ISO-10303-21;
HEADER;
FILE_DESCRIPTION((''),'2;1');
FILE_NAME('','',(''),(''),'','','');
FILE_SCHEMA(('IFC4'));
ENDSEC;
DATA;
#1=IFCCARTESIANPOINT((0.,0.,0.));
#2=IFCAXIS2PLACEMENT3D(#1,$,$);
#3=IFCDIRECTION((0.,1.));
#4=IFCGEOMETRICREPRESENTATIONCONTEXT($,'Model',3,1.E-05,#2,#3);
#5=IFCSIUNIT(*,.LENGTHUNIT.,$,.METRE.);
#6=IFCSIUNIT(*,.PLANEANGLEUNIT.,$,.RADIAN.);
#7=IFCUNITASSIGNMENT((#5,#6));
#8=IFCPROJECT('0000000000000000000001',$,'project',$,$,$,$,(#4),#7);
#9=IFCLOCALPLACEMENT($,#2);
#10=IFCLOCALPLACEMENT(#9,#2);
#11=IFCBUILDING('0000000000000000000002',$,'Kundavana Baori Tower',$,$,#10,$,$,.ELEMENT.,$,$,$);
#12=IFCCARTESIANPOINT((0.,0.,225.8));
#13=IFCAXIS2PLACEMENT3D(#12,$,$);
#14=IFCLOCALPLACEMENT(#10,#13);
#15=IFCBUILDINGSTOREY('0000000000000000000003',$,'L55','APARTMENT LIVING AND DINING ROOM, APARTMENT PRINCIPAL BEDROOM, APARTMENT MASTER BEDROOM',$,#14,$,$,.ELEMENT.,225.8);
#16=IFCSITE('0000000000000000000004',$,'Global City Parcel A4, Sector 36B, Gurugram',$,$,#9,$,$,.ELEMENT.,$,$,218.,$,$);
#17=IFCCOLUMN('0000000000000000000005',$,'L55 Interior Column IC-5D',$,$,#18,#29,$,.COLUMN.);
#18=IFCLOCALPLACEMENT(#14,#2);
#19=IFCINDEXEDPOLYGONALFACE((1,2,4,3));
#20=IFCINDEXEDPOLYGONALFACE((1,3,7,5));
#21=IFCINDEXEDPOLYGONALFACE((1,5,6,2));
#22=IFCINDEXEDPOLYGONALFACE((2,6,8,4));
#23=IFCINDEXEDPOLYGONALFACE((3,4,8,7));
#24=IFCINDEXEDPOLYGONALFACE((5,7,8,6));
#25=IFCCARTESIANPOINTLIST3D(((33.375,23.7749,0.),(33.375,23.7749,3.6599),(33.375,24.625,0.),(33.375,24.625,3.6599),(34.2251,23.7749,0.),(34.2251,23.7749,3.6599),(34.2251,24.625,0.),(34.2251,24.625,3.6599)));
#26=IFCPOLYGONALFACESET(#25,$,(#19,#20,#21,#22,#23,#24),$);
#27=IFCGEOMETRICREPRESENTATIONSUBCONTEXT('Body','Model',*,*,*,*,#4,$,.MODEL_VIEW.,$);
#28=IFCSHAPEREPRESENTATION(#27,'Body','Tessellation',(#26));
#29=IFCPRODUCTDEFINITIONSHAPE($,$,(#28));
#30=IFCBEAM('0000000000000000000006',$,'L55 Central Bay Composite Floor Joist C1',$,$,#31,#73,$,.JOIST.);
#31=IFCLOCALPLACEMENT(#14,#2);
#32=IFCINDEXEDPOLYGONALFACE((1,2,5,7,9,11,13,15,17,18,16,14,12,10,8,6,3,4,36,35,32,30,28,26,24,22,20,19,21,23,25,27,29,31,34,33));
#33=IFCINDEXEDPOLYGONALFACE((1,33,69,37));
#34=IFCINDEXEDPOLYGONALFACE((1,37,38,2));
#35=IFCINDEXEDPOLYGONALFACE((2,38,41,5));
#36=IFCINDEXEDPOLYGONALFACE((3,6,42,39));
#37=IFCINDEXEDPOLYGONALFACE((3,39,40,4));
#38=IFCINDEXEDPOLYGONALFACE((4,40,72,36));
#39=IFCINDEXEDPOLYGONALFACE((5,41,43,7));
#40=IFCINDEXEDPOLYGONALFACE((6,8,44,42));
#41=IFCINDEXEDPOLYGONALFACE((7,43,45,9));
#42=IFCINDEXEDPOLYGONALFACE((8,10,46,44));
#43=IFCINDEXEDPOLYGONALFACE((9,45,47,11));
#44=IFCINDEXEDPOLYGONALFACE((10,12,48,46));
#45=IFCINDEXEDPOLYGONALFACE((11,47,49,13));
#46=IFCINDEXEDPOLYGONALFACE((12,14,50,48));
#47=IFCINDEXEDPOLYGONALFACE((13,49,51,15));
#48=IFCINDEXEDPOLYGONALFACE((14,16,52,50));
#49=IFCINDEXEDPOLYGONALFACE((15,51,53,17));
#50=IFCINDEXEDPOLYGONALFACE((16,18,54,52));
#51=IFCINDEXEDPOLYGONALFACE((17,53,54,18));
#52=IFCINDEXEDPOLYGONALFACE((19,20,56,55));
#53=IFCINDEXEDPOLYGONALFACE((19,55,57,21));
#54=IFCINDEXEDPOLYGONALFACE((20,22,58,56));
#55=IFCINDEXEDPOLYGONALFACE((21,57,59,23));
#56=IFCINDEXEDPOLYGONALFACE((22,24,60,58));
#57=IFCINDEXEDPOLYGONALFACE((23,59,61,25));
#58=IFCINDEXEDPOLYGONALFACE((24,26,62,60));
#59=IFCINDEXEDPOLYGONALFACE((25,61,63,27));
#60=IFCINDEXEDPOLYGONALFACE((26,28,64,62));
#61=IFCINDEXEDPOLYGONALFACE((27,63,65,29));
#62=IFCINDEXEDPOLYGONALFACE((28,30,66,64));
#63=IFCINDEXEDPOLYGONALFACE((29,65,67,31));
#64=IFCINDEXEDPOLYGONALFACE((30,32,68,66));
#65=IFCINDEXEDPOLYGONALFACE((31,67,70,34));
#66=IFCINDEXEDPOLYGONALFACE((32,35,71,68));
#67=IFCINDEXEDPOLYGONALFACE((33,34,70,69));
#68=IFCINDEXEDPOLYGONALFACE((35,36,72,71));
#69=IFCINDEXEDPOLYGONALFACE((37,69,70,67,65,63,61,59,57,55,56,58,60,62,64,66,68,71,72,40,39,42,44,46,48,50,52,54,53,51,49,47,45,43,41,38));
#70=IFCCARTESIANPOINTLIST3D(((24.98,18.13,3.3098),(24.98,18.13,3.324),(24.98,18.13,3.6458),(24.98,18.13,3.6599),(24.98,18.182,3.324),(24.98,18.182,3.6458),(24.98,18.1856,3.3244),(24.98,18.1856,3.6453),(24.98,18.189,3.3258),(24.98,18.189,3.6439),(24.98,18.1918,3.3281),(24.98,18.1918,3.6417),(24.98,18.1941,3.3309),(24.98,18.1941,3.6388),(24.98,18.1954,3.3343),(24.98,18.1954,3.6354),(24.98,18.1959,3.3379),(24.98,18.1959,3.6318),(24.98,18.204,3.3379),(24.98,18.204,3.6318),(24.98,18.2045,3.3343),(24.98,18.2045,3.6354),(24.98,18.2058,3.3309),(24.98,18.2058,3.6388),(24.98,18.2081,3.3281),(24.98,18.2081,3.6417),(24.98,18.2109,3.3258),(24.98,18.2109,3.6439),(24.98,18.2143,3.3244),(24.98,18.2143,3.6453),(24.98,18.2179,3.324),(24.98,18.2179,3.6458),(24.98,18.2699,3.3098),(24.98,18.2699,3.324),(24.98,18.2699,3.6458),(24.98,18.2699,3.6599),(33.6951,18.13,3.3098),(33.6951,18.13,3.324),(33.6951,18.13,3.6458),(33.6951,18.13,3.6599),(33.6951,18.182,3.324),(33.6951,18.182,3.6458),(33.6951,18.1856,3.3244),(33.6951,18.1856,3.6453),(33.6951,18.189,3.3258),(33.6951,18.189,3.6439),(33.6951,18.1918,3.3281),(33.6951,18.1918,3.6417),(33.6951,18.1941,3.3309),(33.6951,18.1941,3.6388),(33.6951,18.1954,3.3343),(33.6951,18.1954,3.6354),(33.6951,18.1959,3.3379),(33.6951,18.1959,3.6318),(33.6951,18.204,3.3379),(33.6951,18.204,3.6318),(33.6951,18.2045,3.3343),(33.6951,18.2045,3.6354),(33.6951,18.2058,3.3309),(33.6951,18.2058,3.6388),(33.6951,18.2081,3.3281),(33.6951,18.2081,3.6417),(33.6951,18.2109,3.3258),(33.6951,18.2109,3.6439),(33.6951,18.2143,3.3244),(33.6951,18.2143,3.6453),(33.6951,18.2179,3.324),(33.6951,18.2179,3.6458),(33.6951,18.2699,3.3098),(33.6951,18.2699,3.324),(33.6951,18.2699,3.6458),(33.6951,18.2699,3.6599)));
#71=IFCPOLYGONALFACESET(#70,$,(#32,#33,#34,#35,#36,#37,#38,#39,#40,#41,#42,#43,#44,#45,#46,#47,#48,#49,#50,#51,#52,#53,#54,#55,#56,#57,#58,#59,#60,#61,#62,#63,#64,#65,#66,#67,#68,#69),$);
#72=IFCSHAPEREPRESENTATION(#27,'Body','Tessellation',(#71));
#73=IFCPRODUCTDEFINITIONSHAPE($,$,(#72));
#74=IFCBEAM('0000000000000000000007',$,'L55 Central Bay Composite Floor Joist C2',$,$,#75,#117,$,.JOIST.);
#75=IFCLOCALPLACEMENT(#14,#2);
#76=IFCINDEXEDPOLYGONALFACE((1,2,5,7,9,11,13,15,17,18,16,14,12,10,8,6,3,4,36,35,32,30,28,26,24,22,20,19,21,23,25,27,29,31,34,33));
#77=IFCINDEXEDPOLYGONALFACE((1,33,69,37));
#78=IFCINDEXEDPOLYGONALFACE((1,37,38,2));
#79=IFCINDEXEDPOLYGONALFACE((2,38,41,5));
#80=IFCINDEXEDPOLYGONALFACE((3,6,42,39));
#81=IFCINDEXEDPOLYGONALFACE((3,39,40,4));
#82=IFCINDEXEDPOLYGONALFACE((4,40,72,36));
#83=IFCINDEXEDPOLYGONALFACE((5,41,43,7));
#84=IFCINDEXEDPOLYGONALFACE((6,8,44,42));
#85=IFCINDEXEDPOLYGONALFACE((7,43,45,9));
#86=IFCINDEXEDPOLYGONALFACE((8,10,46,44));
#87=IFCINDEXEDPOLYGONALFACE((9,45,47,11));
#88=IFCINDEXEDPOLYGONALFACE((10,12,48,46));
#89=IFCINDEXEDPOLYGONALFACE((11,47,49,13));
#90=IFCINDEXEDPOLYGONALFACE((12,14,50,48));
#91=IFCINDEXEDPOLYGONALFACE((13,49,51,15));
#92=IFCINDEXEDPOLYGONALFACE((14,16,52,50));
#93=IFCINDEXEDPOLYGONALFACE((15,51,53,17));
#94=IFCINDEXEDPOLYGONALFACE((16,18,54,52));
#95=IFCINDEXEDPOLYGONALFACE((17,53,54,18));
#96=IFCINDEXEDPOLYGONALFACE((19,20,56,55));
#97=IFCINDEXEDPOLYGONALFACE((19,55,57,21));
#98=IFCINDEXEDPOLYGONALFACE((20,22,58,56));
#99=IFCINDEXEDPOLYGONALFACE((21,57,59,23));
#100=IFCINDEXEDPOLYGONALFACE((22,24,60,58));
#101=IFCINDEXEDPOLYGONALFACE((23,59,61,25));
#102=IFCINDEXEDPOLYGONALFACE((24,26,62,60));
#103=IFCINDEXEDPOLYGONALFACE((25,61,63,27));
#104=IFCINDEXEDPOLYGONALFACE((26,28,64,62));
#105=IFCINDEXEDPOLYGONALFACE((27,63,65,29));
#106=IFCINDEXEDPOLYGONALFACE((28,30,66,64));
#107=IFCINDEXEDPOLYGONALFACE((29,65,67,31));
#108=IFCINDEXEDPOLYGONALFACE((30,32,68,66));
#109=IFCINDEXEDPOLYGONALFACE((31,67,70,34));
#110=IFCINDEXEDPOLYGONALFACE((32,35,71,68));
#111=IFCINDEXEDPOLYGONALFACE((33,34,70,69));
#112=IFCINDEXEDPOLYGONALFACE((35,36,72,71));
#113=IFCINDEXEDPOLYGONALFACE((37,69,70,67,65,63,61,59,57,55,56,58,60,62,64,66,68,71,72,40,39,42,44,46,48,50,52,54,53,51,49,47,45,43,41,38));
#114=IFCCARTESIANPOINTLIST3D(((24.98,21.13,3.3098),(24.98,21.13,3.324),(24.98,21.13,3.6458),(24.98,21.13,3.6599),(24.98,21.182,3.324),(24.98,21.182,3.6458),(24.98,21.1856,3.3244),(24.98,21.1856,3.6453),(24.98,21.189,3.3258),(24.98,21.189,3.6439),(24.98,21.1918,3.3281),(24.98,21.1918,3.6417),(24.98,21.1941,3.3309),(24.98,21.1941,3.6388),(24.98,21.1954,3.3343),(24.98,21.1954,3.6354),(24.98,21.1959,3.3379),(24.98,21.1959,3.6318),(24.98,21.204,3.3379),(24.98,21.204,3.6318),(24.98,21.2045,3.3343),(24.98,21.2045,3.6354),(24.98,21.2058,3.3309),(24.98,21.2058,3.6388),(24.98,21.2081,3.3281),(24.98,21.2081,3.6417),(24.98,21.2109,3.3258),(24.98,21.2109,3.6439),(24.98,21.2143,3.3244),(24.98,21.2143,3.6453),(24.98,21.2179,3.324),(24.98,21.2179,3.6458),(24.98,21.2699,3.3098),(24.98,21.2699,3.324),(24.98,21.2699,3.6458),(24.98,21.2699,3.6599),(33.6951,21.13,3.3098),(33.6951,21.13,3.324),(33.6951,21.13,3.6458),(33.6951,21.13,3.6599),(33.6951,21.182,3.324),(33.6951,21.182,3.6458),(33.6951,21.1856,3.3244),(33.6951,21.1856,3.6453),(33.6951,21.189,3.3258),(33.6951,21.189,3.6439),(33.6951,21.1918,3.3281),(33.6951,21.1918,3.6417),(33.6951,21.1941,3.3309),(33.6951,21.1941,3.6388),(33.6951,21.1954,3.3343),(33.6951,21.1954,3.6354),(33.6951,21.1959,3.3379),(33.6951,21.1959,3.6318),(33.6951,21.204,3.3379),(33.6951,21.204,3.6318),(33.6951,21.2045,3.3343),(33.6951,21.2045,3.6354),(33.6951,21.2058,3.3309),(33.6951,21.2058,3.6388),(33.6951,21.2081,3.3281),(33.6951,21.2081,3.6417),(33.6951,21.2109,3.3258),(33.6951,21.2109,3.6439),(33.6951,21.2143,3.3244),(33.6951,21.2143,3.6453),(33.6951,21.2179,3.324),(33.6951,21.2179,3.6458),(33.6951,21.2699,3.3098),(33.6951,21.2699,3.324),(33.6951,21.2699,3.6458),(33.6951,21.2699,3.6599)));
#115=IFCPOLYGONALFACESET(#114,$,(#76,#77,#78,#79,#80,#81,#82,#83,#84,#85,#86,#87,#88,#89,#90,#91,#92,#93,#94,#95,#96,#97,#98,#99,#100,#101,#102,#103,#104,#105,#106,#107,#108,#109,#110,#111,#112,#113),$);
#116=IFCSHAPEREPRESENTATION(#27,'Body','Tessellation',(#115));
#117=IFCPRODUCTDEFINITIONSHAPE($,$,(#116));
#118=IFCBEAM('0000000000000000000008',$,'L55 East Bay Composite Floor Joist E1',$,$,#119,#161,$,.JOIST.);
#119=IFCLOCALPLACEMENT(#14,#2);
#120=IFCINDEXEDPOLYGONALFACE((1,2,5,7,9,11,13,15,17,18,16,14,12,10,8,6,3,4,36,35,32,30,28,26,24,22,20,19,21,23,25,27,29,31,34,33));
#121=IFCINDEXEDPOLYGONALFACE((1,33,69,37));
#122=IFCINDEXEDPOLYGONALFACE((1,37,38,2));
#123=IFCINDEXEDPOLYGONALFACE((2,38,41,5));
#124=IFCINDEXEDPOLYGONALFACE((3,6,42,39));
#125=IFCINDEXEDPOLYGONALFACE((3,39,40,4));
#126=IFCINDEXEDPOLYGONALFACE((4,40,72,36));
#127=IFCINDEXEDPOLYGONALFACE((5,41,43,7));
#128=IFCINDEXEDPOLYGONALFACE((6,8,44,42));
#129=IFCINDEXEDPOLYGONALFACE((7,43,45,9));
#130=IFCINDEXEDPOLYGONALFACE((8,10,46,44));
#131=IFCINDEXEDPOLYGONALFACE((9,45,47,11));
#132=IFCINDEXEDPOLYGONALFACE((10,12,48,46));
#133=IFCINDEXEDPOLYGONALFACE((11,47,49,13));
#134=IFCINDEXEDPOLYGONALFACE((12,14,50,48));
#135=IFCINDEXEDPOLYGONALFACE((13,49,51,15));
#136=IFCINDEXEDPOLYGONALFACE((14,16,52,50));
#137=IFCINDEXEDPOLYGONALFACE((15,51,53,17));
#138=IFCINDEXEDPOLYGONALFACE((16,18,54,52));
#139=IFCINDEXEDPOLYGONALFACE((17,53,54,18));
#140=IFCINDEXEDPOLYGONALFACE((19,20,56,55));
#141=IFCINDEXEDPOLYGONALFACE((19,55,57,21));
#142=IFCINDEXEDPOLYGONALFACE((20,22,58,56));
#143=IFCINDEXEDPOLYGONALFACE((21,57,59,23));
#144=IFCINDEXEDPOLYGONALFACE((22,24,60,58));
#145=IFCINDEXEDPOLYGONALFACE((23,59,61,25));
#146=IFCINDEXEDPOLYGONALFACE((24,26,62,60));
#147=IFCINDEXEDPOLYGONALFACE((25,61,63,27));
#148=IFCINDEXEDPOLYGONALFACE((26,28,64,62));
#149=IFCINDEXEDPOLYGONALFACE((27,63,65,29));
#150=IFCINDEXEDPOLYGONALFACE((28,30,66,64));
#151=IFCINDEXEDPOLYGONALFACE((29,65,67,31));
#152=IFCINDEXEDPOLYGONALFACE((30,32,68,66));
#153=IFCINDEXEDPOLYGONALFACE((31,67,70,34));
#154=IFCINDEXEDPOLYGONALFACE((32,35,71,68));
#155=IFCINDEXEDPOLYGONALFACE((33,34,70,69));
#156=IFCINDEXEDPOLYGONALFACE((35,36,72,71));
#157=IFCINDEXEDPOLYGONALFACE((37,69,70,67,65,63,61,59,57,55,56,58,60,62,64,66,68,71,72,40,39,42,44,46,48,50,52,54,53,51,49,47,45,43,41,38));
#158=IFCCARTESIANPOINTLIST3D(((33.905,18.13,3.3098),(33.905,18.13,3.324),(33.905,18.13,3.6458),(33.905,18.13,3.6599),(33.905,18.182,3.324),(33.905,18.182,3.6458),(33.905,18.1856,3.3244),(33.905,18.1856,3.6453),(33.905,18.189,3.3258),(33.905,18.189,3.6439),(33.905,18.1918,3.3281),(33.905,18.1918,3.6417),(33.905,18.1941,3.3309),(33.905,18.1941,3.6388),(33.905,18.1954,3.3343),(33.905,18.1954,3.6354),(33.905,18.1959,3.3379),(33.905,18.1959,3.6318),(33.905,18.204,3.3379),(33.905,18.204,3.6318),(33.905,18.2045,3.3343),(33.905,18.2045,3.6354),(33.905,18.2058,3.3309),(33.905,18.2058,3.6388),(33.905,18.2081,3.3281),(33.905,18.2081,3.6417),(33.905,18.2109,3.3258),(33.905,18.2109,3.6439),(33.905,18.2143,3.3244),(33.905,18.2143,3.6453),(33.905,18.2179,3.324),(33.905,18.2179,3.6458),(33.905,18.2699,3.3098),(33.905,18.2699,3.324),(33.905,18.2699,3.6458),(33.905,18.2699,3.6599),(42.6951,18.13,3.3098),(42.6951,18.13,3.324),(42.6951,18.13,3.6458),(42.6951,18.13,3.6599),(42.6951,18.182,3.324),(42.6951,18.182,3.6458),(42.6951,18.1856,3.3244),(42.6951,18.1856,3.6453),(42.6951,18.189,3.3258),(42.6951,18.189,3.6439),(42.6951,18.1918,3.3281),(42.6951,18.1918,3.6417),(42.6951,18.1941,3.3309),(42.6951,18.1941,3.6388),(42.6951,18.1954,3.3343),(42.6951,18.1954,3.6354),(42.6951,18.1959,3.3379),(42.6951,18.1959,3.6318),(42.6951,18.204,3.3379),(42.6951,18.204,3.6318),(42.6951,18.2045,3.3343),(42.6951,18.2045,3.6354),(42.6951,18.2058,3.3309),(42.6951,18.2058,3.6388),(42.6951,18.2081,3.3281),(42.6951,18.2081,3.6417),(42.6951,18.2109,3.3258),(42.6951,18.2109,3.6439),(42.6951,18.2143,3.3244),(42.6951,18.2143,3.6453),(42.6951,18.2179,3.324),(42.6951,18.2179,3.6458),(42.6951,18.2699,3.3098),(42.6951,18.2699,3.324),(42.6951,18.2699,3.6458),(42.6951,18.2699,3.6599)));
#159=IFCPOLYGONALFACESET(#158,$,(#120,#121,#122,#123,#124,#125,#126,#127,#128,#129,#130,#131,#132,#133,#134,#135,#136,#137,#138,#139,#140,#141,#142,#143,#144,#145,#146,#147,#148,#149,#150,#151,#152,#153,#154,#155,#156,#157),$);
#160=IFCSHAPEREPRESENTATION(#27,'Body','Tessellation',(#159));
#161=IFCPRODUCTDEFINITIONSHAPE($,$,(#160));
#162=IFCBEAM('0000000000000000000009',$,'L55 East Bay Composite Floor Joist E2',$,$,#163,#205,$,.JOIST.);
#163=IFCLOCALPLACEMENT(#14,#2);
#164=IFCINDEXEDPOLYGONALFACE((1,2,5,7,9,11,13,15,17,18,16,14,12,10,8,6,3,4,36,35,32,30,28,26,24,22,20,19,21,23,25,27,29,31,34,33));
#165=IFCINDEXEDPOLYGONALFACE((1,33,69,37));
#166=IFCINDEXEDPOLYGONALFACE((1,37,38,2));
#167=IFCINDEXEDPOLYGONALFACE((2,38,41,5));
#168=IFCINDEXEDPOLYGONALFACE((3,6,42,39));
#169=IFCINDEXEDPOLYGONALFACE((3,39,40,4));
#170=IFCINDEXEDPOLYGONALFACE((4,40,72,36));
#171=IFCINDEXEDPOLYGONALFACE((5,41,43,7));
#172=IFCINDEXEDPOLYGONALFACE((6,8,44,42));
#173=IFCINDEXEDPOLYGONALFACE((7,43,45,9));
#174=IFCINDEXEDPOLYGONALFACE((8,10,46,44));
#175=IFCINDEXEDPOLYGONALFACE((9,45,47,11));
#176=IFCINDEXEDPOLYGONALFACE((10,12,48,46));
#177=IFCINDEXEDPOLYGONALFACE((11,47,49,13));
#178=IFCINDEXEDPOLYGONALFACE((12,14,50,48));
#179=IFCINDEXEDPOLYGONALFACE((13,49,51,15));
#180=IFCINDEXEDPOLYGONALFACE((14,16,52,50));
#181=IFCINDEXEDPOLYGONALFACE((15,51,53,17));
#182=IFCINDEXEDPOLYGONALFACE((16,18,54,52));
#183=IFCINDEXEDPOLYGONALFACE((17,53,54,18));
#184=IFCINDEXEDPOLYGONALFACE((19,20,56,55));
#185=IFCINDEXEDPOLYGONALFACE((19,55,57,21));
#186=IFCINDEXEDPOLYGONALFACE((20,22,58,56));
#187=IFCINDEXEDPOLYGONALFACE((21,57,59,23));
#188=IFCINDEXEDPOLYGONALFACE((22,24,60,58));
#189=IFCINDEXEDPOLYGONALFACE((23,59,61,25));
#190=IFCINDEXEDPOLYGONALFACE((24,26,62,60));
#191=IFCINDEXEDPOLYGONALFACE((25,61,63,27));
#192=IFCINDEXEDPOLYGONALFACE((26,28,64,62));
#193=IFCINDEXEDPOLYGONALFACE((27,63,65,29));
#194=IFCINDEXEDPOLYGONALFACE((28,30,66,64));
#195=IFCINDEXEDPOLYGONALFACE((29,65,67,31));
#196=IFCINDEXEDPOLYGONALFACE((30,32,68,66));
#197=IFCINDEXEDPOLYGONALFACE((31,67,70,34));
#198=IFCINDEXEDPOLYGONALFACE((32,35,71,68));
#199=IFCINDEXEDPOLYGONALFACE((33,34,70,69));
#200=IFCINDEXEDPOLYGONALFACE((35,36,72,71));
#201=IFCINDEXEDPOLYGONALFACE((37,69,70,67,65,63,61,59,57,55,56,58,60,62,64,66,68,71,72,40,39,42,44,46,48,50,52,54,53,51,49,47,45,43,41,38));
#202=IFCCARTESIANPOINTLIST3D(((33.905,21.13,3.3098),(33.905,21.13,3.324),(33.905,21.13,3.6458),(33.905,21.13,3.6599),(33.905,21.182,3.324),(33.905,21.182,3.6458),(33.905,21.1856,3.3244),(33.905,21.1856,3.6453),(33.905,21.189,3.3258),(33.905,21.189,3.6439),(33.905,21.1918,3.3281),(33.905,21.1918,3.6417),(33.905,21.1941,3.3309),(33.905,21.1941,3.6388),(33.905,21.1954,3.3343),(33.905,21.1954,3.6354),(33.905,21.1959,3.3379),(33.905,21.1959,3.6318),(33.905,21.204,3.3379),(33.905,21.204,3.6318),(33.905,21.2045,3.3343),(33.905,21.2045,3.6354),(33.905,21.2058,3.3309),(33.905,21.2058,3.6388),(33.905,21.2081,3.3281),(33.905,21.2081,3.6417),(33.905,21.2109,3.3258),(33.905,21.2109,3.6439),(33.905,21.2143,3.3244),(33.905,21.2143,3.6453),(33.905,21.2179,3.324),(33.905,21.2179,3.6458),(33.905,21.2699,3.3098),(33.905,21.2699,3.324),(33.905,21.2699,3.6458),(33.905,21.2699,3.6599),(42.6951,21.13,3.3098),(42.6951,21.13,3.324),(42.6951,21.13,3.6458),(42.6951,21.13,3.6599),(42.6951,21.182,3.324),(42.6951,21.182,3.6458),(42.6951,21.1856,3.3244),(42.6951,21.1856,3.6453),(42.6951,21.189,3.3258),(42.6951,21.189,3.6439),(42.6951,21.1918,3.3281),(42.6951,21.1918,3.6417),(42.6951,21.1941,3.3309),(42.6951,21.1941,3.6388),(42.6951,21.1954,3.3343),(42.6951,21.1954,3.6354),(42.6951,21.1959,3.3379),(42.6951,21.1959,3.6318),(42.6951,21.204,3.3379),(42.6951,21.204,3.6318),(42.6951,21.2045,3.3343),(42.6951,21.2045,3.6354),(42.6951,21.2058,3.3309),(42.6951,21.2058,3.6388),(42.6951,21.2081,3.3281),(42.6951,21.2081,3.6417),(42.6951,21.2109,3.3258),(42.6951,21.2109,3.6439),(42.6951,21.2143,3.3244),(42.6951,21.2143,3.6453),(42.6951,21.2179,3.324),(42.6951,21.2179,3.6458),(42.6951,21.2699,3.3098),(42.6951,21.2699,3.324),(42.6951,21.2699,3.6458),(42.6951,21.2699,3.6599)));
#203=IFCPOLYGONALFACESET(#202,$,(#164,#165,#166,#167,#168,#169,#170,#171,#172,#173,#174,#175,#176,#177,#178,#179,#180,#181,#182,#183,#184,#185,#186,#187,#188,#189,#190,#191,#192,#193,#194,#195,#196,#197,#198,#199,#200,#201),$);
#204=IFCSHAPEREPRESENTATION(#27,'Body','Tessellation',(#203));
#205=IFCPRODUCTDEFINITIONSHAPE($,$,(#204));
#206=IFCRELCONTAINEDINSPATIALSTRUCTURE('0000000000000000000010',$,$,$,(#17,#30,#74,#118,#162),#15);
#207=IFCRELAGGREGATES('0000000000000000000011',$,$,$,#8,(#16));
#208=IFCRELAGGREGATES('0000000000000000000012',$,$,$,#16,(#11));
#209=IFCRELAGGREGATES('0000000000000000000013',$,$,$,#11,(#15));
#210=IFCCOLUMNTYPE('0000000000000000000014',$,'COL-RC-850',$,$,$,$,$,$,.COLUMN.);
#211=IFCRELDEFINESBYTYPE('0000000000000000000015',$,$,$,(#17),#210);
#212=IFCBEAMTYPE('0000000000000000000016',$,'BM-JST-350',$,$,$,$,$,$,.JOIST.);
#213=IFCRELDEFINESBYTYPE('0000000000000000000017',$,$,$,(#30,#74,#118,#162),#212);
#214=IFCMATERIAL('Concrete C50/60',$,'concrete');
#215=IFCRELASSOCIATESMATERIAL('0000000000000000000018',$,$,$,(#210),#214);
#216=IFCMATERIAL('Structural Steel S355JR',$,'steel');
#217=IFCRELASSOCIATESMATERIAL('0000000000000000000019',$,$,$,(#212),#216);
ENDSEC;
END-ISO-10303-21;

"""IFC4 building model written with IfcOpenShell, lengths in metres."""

from ifc_helpers import new_model, si_unit, direction, frame, origin, origin_2d, place, context, subcontext, project, spatial, rectangle, i_section, extrude, material, material_profile, profile_set, type_object, element, save


model = new_model("IFC4")

# Units and contexts
model_context = context("Model", 3, precision=1e-05, world=origin(), true_north=direction((0.0, 1.0)))
body_context = subcontext(model_context, "Body", "Model", "MODEL_VIEW")
ifc_project = project(units=[si_unit("LENGTHUNIT", "METRE"), si_unit("PLANEANGLEUNIT", "RADIAN")], contexts=[model_context])

# Site, building, storey
site_placement = place(None, origin())
site = spatial("IfcSite", under=ifc_project, at=site_placement, Name="Global City Parcel A4, Sector 36B, Gurugram", CompositionType="ELEMENT", RefElevation=218.0)
building_placement = place(site_placement, origin())
building = spatial("IfcBuilding", under=site, at=building_placement, Name="Kundavana Baori Tower", CompositionType="ELEMENT")
storey_placement = place(building_placement, frame((0.0, 0.0, 225.8)))
storey = spatial("IfcBuildingStorey", under=building, at=storey_placement, Name="L55", Description="APARTMENT LIVING AND DINING ROOM, APARTMENT PRINCIPAL BEDROOM, APARTMENT MASTER BEDROOM", CompositionType="ELEMENT", Elevation=225.8)

# Column
ifc_material_1 = material(Name="Concrete C50/60", Category="concrete")
ifc_material_profile_1 = material_profile(ifc_material_1, rectangle(XDim=0.8501, YDim=0.8501, at=origin_2d()), Name="RC 850x850")
ifc_profile_set_1 = profile_set([ifc_material_profile_1], Name="Concrete C50/60")
column_type = type_object("IfcColumnType", Name="COL-RC-850", PredefinedType="COLUMN", material=ifc_profile_set_1)
column_placement = place(storey_placement, frame((33.8, 24.2, 0.0), z_axis=(0.0, 0.0, 1.0), x_axis=(1.0, 0.0, 0.0)))
element("IfcColumn", 1, at=column_placement, inside=storey, type_object=column_type, Name="L55 Interior Column IC-5D", PredefinedType="COLUMN", context=body_context, shape_type="SweptSolid", body=[
    extrude(rectangle(XDim=0.8501, YDim=0.8501, at=origin_2d()), origin(), (0.0, 0.0, 1.0), 3.6599),
])

# Beams
ifc_material_2 = material(Name="Structural Steel S355JR", Category="steel")
ifc_material_profile_2 = material_profile(ifc_material_2, i_section(OverallWidth=0.1399, OverallDepth=0.3501, WebThickness=0.0081, FlangeThickness=0.0142, FilletRadius=0.0139, at=origin_2d()), Name="ISMB 350")
ifc_profile_set_2 = profile_set([ifc_material_profile_2], Name="Structural Steel S355JR")
beam_type_1 = type_object("IfcBeamType", Name="BM-JST-350", PredefinedType="JOIST", material=ifc_profile_set_2)
for number, where, z_axis, x_axis, name in (
    (2, (24.98, 18.2, 3.4849), (1.0, 0.0, 0.0), (0.0, 1.0, 0.0), "L55 Central Bay Composite Floor Joist C1"),
    (3, (24.98, 21.2, 3.4849), (1.0, 0.0, 0.0), (0.0, 1.0, 0.0), "L55 Central Bay Composite Floor Joist C2"),
):
    element("IfcBeam", number, at=place(storey_placement, frame(where, z_axis=z_axis, x_axis=x_axis)), inside=storey, type_object=beam_type_1, Name=name, PredefinedType="JOIST", context=body_context, shape_type="SweptSolid", body=[
        extrude(i_section(OverallWidth=0.1399, OverallDepth=0.3501, WebThickness=0.0081, FlangeThickness=0.0142, FilletRadius=0.0139, at=origin_2d()), origin(), (0.0, 0.0, 1.0), 8.7151),
    ])
for number, where, z_axis, x_axis, name in (
    (4, (33.905, 18.2, 3.4849), (1.0, 0.0, 0.0), (0.0, 1.0, 0.0), "L55 East Bay Composite Floor Joist E1"),
    (5, (33.905, 21.2, 3.4849), (1.0, 0.0, 0.0), (0.0, 1.0, 0.0), "L55 East Bay Composite Floor Joist E2"),
):
    element("IfcBeam", number, at=place(storey_placement, frame(where, z_axis=z_axis, x_axis=x_axis)), inside=storey, type_object=beam_type_1, Name=name, PredefinedType="JOIST", context=body_context, shape_type="SweptSolid", body=[
        extrude(i_section(OverallWidth=0.1399, OverallDepth=0.3501, WebThickness=0.0081, FlangeThickness=0.0142, FilletRadius=0.0139, at=origin_2d()), origin(), (0.0, 0.0, 1.0), 8.79),
    ])

save(model, "model.ifc")
